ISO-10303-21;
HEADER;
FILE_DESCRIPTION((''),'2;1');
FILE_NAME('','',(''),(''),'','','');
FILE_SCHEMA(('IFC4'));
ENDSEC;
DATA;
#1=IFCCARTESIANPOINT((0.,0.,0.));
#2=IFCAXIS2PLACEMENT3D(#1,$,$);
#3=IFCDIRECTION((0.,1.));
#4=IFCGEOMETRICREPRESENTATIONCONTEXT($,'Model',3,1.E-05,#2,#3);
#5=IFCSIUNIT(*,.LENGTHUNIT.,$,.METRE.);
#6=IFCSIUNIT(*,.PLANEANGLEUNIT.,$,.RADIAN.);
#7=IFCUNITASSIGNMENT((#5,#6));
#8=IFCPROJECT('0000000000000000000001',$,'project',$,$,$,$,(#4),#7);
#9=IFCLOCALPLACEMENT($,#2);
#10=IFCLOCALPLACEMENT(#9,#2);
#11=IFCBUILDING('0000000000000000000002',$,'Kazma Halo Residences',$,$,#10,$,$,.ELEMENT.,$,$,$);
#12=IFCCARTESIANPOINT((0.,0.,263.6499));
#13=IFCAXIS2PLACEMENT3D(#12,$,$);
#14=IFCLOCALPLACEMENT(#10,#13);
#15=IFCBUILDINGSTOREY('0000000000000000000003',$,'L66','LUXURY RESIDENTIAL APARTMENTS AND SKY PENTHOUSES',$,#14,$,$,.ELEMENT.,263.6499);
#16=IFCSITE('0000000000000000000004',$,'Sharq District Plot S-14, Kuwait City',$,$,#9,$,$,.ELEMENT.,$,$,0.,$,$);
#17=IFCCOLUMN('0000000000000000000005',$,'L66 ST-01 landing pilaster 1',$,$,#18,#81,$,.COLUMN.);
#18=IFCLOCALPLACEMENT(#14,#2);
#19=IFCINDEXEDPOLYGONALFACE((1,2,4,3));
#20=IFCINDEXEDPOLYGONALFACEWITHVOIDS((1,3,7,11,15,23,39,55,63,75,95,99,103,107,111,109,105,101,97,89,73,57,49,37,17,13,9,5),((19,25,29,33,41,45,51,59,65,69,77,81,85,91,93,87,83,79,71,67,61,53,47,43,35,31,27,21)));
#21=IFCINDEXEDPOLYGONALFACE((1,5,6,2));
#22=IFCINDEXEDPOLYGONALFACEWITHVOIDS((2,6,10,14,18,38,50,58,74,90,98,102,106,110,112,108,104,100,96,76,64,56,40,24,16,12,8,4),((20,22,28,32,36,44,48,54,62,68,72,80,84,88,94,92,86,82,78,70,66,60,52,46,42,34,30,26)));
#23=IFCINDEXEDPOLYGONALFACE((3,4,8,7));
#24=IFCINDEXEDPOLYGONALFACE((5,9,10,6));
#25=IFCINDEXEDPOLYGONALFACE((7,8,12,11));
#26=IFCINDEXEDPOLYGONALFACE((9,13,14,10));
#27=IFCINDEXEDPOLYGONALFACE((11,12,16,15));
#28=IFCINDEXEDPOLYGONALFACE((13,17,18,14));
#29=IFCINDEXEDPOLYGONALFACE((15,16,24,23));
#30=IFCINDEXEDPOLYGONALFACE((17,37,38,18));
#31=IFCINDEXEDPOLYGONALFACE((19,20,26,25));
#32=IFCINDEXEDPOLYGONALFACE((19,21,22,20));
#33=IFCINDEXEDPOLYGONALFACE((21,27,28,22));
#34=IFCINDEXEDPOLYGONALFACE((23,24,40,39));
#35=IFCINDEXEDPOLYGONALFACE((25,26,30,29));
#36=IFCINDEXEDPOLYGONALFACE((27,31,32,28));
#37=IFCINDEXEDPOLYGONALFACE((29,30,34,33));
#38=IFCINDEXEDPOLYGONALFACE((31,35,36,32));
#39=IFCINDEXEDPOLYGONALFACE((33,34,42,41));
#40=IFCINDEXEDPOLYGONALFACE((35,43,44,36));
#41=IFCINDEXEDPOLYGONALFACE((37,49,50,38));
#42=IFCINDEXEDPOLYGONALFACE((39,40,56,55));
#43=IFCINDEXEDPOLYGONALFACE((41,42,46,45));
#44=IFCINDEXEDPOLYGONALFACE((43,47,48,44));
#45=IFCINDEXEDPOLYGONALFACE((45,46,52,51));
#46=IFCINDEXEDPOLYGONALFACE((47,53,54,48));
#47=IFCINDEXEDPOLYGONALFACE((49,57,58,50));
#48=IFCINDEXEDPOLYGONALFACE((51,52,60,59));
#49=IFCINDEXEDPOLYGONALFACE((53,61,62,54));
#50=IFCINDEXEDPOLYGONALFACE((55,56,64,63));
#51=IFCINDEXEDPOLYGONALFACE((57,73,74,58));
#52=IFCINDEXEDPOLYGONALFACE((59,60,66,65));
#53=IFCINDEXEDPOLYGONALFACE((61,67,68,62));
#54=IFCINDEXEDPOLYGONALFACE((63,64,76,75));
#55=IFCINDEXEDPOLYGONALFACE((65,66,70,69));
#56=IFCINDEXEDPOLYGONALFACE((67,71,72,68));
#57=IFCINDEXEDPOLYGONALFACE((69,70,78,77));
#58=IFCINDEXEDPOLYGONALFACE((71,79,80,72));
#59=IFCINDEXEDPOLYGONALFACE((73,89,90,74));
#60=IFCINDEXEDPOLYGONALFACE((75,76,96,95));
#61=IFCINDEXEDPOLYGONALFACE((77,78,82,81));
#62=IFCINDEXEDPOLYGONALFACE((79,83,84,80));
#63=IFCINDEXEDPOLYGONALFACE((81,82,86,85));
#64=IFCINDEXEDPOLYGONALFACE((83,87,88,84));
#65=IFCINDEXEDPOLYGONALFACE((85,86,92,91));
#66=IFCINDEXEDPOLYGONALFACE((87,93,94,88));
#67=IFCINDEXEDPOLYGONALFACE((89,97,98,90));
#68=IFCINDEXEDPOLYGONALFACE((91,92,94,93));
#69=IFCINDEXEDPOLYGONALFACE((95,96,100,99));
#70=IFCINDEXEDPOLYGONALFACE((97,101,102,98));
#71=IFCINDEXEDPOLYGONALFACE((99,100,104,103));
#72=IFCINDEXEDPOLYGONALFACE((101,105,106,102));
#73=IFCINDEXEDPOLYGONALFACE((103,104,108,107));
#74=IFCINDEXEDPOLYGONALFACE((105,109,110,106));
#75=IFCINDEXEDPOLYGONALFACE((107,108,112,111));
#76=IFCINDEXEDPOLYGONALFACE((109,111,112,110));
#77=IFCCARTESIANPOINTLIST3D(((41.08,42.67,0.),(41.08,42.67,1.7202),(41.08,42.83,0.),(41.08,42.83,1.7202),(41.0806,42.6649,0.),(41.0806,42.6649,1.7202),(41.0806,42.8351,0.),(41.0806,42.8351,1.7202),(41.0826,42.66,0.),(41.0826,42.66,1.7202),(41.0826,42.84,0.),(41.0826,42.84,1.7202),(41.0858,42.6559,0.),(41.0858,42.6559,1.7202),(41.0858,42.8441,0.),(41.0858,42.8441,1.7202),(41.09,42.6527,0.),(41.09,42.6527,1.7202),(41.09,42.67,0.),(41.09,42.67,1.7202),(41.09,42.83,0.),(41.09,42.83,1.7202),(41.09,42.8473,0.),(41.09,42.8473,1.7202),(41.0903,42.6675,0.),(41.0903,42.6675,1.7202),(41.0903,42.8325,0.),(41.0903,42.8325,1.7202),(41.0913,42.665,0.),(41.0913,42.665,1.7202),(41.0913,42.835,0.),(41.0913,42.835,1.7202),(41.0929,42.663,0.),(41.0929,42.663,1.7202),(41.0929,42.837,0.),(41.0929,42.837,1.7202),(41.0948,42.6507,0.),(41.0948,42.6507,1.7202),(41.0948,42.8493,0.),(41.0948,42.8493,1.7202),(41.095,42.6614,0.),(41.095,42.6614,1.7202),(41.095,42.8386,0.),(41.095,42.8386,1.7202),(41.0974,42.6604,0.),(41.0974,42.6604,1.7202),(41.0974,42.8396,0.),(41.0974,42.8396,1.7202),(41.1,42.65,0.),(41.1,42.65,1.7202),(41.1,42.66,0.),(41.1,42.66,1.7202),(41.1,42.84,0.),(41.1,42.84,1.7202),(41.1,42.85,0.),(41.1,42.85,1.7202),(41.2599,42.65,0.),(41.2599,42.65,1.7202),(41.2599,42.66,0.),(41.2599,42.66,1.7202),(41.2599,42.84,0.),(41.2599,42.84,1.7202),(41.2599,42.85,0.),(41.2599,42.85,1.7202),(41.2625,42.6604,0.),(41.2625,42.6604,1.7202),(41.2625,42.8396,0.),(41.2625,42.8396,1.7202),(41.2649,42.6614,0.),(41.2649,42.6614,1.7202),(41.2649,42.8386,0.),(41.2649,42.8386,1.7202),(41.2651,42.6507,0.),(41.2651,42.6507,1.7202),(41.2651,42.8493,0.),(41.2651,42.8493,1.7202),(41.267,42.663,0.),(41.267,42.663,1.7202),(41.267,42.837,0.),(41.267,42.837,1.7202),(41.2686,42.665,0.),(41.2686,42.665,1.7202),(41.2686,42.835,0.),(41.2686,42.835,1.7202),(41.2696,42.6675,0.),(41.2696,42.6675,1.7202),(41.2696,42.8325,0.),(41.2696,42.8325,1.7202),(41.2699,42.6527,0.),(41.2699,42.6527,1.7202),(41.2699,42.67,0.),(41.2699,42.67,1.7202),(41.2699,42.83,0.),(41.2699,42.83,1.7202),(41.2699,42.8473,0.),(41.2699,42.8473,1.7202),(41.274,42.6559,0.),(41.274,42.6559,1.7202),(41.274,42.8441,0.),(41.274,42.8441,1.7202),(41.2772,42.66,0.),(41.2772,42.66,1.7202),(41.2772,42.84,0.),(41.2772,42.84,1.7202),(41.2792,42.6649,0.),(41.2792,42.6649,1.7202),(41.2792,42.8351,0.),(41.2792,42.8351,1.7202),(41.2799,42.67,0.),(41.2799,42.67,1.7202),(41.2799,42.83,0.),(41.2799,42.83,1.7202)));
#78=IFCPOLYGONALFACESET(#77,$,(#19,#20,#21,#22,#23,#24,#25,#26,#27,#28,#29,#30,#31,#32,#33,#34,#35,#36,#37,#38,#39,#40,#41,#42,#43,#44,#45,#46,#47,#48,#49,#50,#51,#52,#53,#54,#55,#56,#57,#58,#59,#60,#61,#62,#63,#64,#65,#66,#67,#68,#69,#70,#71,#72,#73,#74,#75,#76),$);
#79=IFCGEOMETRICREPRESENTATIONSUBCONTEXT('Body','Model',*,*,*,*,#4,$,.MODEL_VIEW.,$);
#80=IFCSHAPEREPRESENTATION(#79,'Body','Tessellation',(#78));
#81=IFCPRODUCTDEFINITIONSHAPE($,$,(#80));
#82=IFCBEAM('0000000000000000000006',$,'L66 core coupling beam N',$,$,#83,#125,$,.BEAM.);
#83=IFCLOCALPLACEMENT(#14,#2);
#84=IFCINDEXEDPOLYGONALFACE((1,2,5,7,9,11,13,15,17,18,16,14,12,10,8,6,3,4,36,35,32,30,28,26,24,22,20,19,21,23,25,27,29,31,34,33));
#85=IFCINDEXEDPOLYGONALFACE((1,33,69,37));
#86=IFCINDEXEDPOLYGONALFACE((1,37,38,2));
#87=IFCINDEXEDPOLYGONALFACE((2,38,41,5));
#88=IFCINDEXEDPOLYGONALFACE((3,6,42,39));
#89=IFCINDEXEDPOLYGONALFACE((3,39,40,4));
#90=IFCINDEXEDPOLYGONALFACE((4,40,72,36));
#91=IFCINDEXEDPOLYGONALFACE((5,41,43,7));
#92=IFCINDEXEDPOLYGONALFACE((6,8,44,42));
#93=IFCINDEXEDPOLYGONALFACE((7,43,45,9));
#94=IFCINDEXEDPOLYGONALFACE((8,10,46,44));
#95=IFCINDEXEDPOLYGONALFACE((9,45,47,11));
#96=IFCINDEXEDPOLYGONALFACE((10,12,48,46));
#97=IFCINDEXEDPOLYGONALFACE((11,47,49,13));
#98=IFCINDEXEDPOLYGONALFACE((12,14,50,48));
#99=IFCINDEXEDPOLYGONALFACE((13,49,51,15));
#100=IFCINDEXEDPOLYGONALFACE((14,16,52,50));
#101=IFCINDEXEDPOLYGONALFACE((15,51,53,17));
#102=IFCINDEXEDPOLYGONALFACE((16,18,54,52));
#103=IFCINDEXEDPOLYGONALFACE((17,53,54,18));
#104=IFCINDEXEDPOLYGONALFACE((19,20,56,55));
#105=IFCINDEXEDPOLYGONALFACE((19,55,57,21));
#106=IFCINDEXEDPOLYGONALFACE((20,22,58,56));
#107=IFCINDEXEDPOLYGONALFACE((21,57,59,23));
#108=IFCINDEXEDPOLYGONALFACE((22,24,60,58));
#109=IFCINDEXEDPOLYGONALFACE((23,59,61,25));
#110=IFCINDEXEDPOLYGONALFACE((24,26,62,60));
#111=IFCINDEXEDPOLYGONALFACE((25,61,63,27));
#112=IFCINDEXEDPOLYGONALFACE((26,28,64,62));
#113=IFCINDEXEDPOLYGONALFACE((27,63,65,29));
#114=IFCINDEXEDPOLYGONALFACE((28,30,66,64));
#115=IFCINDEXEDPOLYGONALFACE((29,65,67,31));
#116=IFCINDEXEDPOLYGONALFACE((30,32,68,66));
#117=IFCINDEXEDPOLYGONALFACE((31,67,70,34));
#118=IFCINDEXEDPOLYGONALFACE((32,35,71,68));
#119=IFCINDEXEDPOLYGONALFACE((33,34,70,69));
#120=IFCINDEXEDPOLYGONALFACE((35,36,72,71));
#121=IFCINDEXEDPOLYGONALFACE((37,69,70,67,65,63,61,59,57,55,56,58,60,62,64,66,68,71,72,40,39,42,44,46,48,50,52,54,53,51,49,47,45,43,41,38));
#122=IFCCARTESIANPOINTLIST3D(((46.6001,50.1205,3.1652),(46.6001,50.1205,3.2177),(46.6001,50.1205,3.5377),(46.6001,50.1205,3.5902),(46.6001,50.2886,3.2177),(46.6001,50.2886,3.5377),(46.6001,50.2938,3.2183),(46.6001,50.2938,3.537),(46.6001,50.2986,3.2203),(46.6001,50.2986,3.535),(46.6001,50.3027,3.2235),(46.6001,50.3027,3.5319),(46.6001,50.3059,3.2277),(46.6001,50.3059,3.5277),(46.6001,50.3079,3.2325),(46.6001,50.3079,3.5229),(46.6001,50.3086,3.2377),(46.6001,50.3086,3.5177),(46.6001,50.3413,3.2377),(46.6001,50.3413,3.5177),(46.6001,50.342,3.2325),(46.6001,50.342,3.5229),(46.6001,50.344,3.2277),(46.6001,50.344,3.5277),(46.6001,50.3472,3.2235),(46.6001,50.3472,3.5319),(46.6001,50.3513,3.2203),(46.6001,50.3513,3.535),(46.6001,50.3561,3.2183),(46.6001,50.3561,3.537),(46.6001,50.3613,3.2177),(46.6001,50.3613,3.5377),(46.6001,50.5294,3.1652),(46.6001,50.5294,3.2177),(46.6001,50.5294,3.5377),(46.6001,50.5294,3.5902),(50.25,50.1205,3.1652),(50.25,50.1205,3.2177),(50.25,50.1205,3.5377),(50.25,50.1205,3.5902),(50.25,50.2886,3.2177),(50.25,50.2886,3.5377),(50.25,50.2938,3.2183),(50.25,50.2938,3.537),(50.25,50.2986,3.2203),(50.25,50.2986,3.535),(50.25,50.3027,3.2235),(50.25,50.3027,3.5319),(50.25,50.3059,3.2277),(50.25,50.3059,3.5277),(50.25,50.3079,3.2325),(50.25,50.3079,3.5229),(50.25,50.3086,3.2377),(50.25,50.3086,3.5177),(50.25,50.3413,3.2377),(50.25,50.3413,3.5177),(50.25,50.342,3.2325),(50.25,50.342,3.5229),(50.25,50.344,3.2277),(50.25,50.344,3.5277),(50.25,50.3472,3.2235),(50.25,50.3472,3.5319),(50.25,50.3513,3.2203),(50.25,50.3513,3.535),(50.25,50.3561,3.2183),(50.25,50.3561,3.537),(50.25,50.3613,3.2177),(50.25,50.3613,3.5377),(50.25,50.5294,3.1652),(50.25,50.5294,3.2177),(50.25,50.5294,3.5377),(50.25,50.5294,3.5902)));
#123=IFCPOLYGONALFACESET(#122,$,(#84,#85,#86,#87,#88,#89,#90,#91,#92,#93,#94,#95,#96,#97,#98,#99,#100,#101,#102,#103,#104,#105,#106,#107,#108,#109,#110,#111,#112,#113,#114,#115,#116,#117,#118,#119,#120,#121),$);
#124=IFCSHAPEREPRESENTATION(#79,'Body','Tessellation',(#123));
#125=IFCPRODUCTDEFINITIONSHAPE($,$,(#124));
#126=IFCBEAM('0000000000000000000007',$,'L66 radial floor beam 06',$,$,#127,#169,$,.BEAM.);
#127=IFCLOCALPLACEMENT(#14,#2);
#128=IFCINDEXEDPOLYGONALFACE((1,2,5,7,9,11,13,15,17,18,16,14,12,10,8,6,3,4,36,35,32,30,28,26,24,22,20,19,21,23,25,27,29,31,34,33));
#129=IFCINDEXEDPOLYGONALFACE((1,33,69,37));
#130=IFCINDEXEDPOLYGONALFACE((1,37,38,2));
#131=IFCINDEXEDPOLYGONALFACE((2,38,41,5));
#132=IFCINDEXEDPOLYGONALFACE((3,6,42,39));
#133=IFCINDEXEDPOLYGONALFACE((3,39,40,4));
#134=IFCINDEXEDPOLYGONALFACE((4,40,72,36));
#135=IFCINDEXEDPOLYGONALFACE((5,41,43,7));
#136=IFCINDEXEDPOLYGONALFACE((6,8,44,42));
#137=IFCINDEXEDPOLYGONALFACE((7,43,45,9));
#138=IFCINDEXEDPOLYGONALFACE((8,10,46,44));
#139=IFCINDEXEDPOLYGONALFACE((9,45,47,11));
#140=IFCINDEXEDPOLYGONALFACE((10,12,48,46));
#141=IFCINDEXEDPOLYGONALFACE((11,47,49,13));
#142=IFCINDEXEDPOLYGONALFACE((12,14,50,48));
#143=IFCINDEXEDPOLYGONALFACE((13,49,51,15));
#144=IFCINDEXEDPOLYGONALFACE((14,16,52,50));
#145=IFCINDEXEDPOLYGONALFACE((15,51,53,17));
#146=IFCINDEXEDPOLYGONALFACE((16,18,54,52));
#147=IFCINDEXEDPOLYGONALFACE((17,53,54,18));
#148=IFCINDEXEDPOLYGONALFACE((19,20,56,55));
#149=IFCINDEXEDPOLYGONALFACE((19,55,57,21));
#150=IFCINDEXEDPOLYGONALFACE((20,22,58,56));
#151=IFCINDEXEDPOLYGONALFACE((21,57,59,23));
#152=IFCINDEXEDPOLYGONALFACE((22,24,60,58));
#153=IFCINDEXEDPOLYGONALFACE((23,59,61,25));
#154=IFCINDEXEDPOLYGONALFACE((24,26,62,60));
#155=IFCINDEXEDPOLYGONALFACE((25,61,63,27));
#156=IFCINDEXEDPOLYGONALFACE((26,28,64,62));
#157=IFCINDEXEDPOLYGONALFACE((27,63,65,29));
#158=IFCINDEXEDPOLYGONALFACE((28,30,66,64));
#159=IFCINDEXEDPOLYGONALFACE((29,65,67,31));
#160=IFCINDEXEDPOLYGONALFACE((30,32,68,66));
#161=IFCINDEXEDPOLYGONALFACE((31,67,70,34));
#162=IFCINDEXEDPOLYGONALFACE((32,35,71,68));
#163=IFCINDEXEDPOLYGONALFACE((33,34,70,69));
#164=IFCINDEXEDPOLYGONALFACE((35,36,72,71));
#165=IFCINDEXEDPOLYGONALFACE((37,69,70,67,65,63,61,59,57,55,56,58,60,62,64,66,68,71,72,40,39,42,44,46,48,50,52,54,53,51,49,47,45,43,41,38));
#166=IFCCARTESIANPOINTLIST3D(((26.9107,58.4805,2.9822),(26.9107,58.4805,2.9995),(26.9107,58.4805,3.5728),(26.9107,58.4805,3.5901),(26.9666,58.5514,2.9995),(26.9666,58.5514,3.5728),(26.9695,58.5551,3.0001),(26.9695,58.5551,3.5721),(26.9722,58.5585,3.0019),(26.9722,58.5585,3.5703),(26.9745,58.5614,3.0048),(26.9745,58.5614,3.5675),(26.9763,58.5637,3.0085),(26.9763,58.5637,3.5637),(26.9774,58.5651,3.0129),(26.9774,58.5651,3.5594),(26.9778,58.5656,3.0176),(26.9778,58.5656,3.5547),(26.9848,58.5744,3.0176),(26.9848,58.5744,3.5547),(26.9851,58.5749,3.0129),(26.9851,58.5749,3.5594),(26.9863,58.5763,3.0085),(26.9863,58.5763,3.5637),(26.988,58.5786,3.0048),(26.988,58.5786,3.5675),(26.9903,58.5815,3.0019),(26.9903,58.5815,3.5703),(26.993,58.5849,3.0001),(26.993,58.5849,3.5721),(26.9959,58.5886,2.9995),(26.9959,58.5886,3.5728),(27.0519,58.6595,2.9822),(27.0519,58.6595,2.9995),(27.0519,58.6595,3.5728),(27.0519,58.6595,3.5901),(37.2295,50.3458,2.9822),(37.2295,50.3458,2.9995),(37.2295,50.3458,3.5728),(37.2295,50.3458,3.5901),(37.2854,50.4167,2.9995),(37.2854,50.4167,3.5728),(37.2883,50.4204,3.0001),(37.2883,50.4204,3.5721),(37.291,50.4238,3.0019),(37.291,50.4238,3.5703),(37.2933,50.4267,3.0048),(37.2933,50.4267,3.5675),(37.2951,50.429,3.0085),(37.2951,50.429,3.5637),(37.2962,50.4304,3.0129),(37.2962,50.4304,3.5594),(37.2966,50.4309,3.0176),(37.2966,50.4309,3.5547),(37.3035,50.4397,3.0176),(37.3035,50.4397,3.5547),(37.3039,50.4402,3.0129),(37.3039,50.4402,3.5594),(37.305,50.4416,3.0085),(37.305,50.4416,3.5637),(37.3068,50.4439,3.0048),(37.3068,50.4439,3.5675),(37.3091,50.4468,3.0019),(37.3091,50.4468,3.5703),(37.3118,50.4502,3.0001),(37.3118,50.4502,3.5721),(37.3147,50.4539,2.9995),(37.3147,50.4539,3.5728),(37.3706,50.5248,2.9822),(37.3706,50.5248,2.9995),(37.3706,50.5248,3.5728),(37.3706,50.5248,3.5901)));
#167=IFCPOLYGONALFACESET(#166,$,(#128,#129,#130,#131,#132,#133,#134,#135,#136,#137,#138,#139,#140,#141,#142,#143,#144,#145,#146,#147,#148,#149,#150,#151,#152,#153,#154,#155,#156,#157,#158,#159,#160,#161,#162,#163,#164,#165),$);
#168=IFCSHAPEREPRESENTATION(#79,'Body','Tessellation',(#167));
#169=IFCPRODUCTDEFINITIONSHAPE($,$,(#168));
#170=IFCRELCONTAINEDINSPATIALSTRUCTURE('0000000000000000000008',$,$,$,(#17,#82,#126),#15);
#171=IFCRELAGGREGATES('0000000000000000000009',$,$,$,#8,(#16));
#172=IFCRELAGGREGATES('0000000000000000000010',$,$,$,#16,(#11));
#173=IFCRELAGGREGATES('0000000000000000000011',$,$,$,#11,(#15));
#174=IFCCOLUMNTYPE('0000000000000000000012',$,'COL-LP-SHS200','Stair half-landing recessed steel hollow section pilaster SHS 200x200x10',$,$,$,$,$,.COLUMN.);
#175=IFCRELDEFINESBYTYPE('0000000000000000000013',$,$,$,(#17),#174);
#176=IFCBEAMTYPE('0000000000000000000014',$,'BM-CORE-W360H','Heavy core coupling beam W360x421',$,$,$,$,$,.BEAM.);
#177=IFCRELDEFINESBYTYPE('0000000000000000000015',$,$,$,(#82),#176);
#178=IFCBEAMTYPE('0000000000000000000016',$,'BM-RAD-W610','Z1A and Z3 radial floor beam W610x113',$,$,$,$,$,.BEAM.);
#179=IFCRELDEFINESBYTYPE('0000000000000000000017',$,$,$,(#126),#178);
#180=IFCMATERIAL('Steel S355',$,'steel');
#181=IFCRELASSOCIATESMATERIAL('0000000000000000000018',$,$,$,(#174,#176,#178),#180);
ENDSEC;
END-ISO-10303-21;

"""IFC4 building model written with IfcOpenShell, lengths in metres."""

from ifc_helpers import new_model, si_unit, direction, frame, origin, origin_2d, place, context, subcontext, project, spatial, hollow_rectangle, i_section, extrude, material, material_profile, profile_set, type_object, element, save


model = new_model("IFC4")

# Units and contexts
model_context = context("Model", 3, precision=1e-05, world=origin(), true_north=direction((0.0, 1.0)))
body_context = subcontext(model_context, "Body", "Model", "MODEL_VIEW")
ifc_project = project(units=[si_unit("LENGTHUNIT", "METRE"), si_unit("PLANEANGLEUNIT", "RADIAN")], contexts=[model_context])

# Site, building, storey
site_placement = place(None, origin())
site = spatial("IfcSite", under=ifc_project, at=site_placement, Name="Sharq District Plot S-14, Kuwait City", CompositionType="ELEMENT", RefElevation=0.0)
building_placement = place(site_placement, origin())
building = spatial("IfcBuilding", under=site, at=building_placement, Name="Kazma Halo Residences", CompositionType="ELEMENT")
storey_placement = place(building_placement, frame((0.0, 0.0, 263.6499)))
storey = spatial("IfcBuildingStorey", under=building, at=storey_placement, Name="L66", Description="LUXURY RESIDENTIAL APARTMENTS AND SKY PENTHOUSES", CompositionType="ELEMENT", Elevation=263.6499)

# Column
ifc_material_1 = material(Name="Steel S355", Category="steel")
ifc_material_profile_1 = material_profile(ifc_material_1, hollow_rectangle(XDim=0.2, YDim=0.2, WallThickness=0.01, InnerFilletRadius=0.01, OuterFilletRadius=0.02, at=origin_2d()), Name="SHS200x200x10")
ifc_profile_set_1 = profile_set([ifc_material_profile_1], Name="Steel S355")
column_type = type_object("IfcColumnType", Name="COL-LP-SHS200", Description="Stair half-landing recessed steel hollow section pilaster SHS 200x200x10", PredefinedType="COLUMN", material=ifc_profile_set_1)
column_placement = place(storey_placement, frame((41.1799, 42.75, 0.0), z_axis=(0.0, 0.0, 1.0), x_axis=(1.0, 0.0, 0.0)))
element("IfcColumn", 1, at=column_placement, inside=storey, type_object=column_type, Name="L66 ST-01 landing pilaster 1", PredefinedType="COLUMN", context=body_context, shape_type="SweptSolid", body=[
    extrude(hollow_rectangle(XDim=0.2, YDim=0.2, WallThickness=0.01, InnerFilletRadius=0.01, OuterFilletRadius=0.02, at=origin_2d()), origin(), (0.0, 0.0, 1.0), 1.7202),
])

# Beams
ifc_material_profile_2 = material_profile(ifc_material_1, i_section(OverallWidth=0.4089, OverallDepth=0.425, WebThickness=0.0327, FlangeThickness=0.0525, FilletRadius=0.02, at=origin_2d()), Name="W360x421")
ifc_profile_set_2 = profile_set([ifc_material_profile_2], Name="Steel S355")
beam_type_1 = type_object("IfcBeamType", Name="BM-CORE-W360H", Description="Heavy core coupling beam W360x421", PredefinedType="BEAM", material=ifc_profile_set_2)
beam_1_placement = place(storey_placement, frame((46.6001, 50.325, 3.3777), z_axis=(1.0, 0.0, 0.0), x_axis=(0.0, 1.0, 0.0)))
element("IfcBeam", 2, at=beam_1_placement, inside=storey, type_object=beam_type_1, Name="L66 core coupling beam N", PredefinedType="BEAM", context=body_context, shape_type="SweptSolid", body=[
    extrude(i_section(OverallWidth=0.4089, OverallDepth=0.425, WebThickness=0.0327, FlangeThickness=0.0525, FilletRadius=0.02, at=origin_2d()), origin(), (0.0, 0.0, 1.0), 3.6499),
])
ifc_material_profile_3 = material_profile(ifc_material_1, i_section(OverallWidth=0.228, OverallDepth=0.6079, WebThickness=0.0112, FlangeThickness=0.0173, FilletRadius=0.0181, at=origin_2d()), Name="W610x113")
ifc_profile_set_3 = profile_set([ifc_material_profile_3], Name="Steel S355")
beam_type_2 = type_object("IfcBeamType", Name="BM-RAD-W610", Description="Z1A and Z3 radial floor beam W610x113", PredefinedType="BEAM", material=ifc_profile_set_3)
beam_2_placement = place(storey_placement, frame((37.3, 50.4353, 3.2861), z_axis=(-0.785315, 0.619096, 0.0), x_axis=(-0.619096, -0.785315, 0.0)))
element("IfcBeam", 3, at=beam_2_placement, inside=storey, type_object=beam_type_2, Name="L66 radial floor beam 06", PredefinedType="BEAM", context=body_context, shape_type="SweptSolid", body=[
    extrude(i_section(OverallWidth=0.228, OverallDepth=0.6079, WebThickness=0.0112, FlangeThickness=0.0173, FilletRadius=0.0181, at=origin_2d()), origin(), (0.0, 0.0, 1.0), 13.1396),
])

save(model, "model.ifc")
